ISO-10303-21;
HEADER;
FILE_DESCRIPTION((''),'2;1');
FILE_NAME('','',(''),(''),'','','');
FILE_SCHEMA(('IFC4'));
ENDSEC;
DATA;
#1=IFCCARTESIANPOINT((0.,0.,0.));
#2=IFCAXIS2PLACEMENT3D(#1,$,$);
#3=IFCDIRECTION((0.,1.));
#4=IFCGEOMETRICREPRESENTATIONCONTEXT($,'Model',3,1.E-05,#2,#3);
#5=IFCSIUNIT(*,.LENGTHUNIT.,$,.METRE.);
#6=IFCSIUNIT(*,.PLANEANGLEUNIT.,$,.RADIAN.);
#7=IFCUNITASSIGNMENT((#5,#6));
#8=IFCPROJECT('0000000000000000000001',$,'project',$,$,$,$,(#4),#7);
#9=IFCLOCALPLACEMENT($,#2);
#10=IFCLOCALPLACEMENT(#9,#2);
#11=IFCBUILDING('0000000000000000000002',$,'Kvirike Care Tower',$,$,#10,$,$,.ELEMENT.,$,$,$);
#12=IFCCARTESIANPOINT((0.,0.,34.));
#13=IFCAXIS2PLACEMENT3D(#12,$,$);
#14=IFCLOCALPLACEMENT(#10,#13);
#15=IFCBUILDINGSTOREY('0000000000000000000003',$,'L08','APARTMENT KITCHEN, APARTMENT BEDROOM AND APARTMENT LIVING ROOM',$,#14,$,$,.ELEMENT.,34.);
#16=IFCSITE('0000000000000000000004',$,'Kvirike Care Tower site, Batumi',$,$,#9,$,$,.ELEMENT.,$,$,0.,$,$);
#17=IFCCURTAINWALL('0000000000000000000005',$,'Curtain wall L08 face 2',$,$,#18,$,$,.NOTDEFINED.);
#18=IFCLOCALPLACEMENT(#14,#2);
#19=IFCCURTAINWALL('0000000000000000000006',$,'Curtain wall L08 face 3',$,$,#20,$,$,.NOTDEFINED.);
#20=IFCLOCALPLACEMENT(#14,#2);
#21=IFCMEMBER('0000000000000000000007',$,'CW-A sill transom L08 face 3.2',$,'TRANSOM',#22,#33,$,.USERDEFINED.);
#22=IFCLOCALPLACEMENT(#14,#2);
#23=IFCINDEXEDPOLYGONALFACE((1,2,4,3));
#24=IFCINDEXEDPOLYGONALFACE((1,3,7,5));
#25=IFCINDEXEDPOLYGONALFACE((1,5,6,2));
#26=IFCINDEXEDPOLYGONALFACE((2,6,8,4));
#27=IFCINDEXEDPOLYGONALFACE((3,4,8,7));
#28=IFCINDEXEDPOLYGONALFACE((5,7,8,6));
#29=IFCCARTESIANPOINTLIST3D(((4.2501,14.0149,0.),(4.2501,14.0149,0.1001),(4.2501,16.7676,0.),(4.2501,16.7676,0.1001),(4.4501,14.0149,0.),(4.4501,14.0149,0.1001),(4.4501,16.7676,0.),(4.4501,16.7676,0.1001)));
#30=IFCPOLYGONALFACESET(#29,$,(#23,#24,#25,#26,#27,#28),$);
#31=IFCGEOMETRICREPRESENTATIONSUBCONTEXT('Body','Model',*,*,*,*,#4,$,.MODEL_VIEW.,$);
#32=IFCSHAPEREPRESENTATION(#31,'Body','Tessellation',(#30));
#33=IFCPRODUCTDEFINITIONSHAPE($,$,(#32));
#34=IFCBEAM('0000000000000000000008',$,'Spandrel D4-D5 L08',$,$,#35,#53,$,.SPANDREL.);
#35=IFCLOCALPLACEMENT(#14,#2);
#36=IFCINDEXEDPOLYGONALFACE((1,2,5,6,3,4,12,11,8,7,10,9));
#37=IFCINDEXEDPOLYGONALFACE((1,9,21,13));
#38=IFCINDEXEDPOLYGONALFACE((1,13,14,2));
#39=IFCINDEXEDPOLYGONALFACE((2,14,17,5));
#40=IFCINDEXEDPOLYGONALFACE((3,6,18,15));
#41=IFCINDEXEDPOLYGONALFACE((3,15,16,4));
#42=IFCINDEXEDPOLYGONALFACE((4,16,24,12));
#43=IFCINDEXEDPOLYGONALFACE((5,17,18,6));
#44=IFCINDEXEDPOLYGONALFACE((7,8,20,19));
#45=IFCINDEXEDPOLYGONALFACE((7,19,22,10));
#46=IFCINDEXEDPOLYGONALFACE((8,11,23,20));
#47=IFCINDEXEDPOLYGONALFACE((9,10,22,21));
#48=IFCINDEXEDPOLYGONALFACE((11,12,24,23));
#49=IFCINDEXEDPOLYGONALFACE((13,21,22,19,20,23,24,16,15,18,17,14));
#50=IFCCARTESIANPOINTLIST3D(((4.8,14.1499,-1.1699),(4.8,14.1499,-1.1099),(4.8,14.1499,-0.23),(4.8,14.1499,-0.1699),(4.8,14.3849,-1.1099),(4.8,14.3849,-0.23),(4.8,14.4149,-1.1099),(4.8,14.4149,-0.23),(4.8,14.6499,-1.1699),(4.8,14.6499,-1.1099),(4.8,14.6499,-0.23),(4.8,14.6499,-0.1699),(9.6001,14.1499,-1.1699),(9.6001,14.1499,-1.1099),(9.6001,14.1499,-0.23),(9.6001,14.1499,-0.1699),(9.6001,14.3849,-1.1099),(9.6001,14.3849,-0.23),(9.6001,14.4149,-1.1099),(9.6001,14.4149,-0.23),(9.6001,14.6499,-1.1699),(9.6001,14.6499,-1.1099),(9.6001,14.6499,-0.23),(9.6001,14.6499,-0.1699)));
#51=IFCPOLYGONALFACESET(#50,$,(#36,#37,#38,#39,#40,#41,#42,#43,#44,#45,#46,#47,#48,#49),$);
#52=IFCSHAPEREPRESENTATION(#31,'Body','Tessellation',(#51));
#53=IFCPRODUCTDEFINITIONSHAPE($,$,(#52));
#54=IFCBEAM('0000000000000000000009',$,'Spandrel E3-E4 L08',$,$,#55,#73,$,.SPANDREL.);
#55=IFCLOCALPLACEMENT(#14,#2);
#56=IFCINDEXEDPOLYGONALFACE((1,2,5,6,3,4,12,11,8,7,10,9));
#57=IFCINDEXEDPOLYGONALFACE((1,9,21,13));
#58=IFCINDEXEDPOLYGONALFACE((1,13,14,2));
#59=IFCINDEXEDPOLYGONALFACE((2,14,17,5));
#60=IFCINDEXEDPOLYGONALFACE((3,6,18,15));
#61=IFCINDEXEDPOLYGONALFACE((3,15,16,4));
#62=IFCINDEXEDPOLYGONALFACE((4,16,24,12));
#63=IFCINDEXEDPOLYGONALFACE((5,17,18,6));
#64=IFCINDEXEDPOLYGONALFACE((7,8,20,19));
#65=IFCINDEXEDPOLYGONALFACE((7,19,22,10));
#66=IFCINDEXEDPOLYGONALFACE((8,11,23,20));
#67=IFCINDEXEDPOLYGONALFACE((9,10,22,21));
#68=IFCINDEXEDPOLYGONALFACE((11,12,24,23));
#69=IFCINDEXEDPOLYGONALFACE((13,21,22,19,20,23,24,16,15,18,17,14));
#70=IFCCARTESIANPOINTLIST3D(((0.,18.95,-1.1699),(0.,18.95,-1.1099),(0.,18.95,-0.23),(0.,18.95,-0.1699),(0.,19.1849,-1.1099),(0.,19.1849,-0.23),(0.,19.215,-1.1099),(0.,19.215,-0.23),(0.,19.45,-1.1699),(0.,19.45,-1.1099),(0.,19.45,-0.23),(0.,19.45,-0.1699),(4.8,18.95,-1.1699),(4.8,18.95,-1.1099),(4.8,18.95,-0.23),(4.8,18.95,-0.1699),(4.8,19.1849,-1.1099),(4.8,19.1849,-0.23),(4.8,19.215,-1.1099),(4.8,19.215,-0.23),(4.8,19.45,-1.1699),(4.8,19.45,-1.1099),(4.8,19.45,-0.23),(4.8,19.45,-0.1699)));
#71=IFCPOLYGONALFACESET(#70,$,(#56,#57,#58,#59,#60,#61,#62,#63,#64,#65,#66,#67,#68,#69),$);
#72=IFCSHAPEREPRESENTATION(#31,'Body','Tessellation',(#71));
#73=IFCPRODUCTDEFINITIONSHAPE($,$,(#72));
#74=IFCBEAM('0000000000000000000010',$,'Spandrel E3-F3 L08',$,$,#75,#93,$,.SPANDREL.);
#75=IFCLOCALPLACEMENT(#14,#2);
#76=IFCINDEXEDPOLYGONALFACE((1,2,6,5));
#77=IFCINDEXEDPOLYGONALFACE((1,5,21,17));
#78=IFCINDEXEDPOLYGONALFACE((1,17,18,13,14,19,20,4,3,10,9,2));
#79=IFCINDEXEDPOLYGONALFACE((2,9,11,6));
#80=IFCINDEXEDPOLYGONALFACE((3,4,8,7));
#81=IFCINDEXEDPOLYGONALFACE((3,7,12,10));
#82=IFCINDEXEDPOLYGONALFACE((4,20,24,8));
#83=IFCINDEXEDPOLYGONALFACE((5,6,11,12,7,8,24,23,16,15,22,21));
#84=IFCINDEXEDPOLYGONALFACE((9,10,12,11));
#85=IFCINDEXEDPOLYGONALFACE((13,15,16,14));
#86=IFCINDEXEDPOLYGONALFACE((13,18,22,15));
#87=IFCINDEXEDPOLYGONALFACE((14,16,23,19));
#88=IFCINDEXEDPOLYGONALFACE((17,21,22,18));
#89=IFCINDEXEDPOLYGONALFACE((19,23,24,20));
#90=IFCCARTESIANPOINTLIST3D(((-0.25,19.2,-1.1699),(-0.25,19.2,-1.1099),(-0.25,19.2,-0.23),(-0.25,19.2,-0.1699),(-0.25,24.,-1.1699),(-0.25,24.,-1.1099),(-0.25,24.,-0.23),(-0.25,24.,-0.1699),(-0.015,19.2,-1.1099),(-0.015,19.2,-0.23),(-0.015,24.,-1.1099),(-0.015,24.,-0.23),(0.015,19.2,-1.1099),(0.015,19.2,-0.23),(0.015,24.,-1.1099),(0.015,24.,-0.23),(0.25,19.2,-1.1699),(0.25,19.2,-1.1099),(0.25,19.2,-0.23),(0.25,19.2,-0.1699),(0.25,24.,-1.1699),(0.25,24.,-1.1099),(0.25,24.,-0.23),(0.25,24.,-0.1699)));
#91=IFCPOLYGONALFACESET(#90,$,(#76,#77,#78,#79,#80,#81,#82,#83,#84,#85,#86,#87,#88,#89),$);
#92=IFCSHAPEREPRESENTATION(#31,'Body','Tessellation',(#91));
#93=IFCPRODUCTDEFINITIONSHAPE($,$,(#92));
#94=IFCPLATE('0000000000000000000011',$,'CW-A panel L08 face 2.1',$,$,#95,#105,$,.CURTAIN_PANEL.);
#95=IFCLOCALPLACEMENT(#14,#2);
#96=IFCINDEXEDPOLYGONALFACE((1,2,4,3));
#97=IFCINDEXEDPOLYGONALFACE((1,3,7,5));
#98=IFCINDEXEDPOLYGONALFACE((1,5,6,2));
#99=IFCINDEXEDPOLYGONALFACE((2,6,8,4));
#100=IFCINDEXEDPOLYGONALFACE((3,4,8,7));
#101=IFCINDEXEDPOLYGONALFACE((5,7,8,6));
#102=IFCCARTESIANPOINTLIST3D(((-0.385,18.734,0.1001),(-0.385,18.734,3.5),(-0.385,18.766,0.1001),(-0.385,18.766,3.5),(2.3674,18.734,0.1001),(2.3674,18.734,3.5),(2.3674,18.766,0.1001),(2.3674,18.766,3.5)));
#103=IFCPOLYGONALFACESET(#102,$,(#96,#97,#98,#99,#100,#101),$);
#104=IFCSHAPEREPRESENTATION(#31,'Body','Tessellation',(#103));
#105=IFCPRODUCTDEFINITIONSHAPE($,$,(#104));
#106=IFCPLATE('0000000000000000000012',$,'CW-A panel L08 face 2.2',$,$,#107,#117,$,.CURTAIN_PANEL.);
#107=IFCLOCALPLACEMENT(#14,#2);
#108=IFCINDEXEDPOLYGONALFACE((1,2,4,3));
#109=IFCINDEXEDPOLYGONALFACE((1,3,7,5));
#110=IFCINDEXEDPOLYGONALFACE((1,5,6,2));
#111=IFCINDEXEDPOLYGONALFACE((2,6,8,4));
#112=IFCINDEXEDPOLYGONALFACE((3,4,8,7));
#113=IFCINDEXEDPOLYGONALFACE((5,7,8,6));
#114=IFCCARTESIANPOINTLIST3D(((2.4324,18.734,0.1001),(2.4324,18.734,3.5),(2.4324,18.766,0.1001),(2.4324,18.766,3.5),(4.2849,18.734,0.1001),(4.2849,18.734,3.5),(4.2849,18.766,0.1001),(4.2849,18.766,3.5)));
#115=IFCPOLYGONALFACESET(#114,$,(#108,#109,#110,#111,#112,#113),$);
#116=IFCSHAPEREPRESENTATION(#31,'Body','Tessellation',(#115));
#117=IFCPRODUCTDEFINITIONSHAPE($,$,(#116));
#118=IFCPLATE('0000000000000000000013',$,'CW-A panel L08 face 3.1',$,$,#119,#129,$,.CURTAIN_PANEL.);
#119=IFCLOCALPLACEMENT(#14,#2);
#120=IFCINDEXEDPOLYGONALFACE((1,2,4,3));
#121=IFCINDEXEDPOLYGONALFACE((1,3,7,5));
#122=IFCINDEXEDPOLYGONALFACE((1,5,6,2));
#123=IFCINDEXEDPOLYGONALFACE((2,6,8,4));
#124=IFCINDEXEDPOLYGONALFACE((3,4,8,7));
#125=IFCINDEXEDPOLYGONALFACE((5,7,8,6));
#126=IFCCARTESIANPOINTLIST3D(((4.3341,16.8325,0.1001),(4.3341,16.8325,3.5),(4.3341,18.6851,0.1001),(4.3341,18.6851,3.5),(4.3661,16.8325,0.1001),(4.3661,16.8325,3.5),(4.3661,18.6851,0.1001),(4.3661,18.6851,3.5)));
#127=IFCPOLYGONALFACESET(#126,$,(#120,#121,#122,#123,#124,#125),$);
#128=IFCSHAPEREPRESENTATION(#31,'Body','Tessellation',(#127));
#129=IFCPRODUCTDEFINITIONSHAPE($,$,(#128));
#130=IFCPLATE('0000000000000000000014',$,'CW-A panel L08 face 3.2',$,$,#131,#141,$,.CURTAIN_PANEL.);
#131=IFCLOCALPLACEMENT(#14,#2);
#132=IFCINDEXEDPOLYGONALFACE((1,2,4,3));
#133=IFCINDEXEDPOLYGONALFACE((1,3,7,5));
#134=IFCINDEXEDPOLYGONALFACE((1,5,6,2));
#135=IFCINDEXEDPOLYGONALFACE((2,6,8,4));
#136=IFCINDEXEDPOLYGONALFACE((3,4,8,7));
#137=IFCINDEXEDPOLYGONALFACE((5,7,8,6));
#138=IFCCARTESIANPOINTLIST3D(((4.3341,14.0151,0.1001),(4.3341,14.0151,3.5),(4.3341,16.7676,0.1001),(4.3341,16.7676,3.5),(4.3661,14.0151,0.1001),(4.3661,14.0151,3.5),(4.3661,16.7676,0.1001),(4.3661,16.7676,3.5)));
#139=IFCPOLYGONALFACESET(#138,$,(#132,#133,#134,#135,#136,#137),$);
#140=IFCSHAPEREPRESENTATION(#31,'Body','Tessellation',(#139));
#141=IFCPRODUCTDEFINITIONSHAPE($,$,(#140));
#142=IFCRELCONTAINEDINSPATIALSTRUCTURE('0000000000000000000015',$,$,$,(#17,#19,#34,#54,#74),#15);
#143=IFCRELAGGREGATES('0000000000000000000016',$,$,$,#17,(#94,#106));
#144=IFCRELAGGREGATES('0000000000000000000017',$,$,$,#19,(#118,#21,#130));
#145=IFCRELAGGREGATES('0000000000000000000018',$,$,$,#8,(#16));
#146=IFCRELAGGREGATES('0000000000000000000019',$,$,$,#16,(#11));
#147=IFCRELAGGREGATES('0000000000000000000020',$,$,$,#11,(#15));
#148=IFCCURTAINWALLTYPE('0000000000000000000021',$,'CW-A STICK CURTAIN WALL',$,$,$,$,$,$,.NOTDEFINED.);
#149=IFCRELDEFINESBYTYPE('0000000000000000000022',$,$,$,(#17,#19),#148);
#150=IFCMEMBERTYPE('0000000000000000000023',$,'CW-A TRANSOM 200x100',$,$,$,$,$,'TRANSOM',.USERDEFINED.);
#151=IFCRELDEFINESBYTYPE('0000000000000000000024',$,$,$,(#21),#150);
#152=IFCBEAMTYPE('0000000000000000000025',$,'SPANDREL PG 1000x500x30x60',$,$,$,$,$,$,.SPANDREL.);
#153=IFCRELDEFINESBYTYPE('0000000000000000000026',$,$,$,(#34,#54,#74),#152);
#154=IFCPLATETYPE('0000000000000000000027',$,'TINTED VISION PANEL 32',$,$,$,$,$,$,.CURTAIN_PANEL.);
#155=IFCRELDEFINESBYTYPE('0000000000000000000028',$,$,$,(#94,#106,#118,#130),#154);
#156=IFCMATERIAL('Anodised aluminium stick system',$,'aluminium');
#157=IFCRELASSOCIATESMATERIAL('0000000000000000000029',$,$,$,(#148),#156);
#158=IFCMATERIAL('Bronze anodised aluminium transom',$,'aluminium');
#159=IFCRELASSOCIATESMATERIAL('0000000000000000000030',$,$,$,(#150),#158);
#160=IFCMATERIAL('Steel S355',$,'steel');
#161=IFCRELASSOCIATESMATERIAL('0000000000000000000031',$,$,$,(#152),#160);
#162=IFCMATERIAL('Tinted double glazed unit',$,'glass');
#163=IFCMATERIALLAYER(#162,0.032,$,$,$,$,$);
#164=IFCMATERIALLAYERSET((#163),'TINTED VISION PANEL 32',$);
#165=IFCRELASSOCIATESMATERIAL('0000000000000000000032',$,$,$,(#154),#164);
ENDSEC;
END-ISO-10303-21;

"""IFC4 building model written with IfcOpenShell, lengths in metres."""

from ifc_helpers import new_model, si_unit, direction, frame, origin, origin_2d, place, context, subcontext, project, spatial, rectangle, i_section, extrude, material, layer, layer_set, material_profile, profile_set, type_object, element, aggregate, save


model = new_model("IFC4")

# Units and contexts
model_context = context("Model", 3, precision=1e-05, world=origin(), true_north=direction((0.0, 1.0)))
body_context = subcontext(model_context, "Body", "Model", "MODEL_VIEW")
ifc_project = project(units=[si_unit("LENGTHUNIT", "METRE"), si_unit("PLANEANGLEUNIT", "RADIAN")], contexts=[model_context])

# Site, building, storey
site_placement = place(None, origin())
site = spatial("IfcSite", under=ifc_project, at=site_placement, Name="Kvirike Care Tower site, Batumi", CompositionType="ELEMENT", RefElevation=0.0)
building_placement = place(site_placement, origin())
building = spatial("IfcBuilding", under=site, at=building_placement, Name="Kvirike Care Tower", CompositionType="ELEMENT")
storey_placement = place(building_placement, frame((0.0, 0.0, 34.0)))
storey = spatial("IfcBuildingStorey", under=building, at=storey_placement, Name="L08", Description="APARTMENT KITCHEN, APARTMENT BEDROOM AND APARTMENT LIVING ROOM", CompositionType="ELEMENT", Elevation=34.0)

# Curtain walls
ifc_material_1 = material(Name="Anodised aluminium stick system", Category="aluminium")
curtain_wall_type = type_object("IfcCurtainWallType", Name="CW-A STICK CURTAIN WALL", PredefinedType="NOTDEFINED", material=ifc_material_1)
curtain_wall_1_placement = place(storey_placement, origin())
curtain_wall_1 = element("IfcCurtainWall", 1, at=curtain_wall_1_placement, inside=storey, type_object=curtain_wall_type, Name="Curtain wall L08 face 2", PredefinedType="NOTDEFINED")
curtain_wall_2_placement = place(storey_placement, origin())
curtain_wall_2 = element("IfcCurtainWall", 2, at=curtain_wall_2_placement, inside=storey, type_object=curtain_wall_type, Name="Curtain wall L08 face 3", PredefinedType="NOTDEFINED")

# Member
ifc_material_2 = material(Name="Bronze anodised aluminium transom", Category="aluminium")
ifc_material_profile_1 = material_profile(ifc_material_2, rectangle(XDim=0.2, YDim=0.1001, at=origin_2d()), Name="CW-A TRANSOM 200x100")
ifc_profile_set_1 = profile_set([ifc_material_profile_1], Name="Bronze anodised aluminium transom")
member_type_1 = type_object("IfcMemberType", Name="CW-A TRANSOM 200x100", ElementType="TRANSOM", PredefinedType="USERDEFINED", material=ifc_profile_set_1)
member_1_placement = place(storey_placement, frame((4.3501, 16.7676, 0.05), z_axis=(0.0, -1.0, 0.0), x_axis=(1.0, 0.0, 0.0)))
member_1 = element("IfcMember", 3, at=member_1_placement, type_object=member_type_1, Name="CW-A sill transom L08 face 3.2", ObjectType="TRANSOM", PredefinedType="USERDEFINED", context=body_context, shape_type="SweptSolid", body=[
    extrude(rectangle(XDim=0.2, YDim=0.1001, at=origin_2d()), origin(), (0.0, 0.0, 1.0), 2.7527),
])

# Beams
ifc_material_3 = material(Name="Steel S355", Category="steel")
ifc_material_profile_2 = material_profile(ifc_material_3, i_section(OverallWidth=0.5, OverallDepth=1.0, WebThickness=0.03, FlangeThickness=0.0601, at=origin_2d()), Name="PG 1000x500x30x60")
ifc_profile_set_2 = profile_set([ifc_material_profile_2], Name="Steel S355")
beam_type = type_object("IfcBeamType", Name="SPANDREL PG 1000x500x30x60", PredefinedType="SPANDREL", material=ifc_profile_set_2)
for number, where, z_axis, x_axis, name in (
    (4, (4.8, 14.3999, -0.6699), (1.0, 0.0, 0.0), (0.0, 1.0, 0.0), "Spandrel D4-D5 L08"),
    (5, (0.0, 19.2, -0.6699), (1.0, 0.0, 0.0), (0.0, 1.0, 0.0), "Spandrel E3-E4 L08"),
    (6, (0.0, 19.2, -0.6699), (0.0, 1.0, 0.0), (-1.0, 0.0, 0.0), "Spandrel E3-F3 L08"),
):
    element("IfcBeam", number, at=place(storey_placement, frame(where, z_axis=z_axis, x_axis=x_axis)), inside=storey, type_object=beam_type, Name=name, PredefinedType="SPANDREL", context=body_context, shape_type="SweptSolid", body=[
        extrude(i_section(OverallWidth=0.5, OverallDepth=1.0, WebThickness=0.03, FlangeThickness=0.0601, at=origin_2d()), origin(), (0.0, 0.0, 1.0), 4.8),
    ])

# Plates
ifc_material_4 = material(Name="Tinted double glazed unit", Category="glass")
ifc_layer = layer(ifc_material_4, 0.032)
ifc_layer_set = layer_set([ifc_layer], Name="TINTED VISION PANEL 32")
plate_type = type_object("IfcPlateType", Name="TINTED VISION PANEL 32", PredefinedType="CURTAIN_PANEL", material=ifc_layer_set)
plate_1_placement = place(storey_placement, frame((0.9912, 18.75, 0.1001), z_axis=(0.0, 0.0, 1.0), x_axis=(1.0, 0.0, 0.0)))
plate_1 = element("IfcPlate", 7, at=plate_1_placement, type_object=plate_type, Name="CW-A panel L08 face 2.1", PredefinedType="CURTAIN_PANEL", context=body_context, shape_type="SweptSolid", body=[
    extrude(rectangle(XDim=2.7524, YDim=0.032, at=origin_2d()), origin(), (0.0, 0.0, 1.0), 3.3999),
])
plate_2_placement = place(storey_placement, frame((3.3586, 18.75, 0.1001), z_axis=(0.0, 0.0, 1.0), x_axis=(1.0, 0.0, 0.0)))
plate_2 = element("IfcPlate", 8, at=plate_2_placement, type_object=plate_type, Name="CW-A panel L08 face 2.2", PredefinedType="CURTAIN_PANEL", context=body_context, shape_type="SweptSolid", body=[
    extrude(rectangle(XDim=1.8525, YDim=0.032, at=origin_2d()), origin(), (0.0, 0.0, 1.0), 3.3999),
])
aggregate(curtain_wall_1, [plate_1, plate_2])
plate_3_placement = place(storey_placement, frame((4.3501, 17.7588, 0.1001), z_axis=(0.0, 0.0, 1.0), x_axis=(0.0, -1.0, 0.0)))
plate_3 = element("IfcPlate", 9, at=plate_3_placement, type_object=plate_type, Name="CW-A panel L08 face 3.1", PredefinedType="CURTAIN_PANEL", context=body_context, shape_type="SweptSolid", body=[
    extrude(rectangle(XDim=1.8525, YDim=0.032, at=origin_2d()), origin(), (0.0, 0.0, 1.0), 3.3999),
])
plate_4_placement = place(storey_placement, frame((4.3501, 15.3914, 0.1001), z_axis=(0.0, 0.0, 1.0), x_axis=(0.0, -1.0, 0.0)))
plate_4 = element("IfcPlate", 10, at=plate_4_placement, type_object=plate_type, Name="CW-A panel L08 face 3.2", PredefinedType="CURTAIN_PANEL", context=body_context, shape_type="SweptSolid", body=[
    extrude(rectangle(XDim=2.7524, YDim=0.032, at=origin_2d()), origin(), (0.0, 0.0, 1.0), 3.3999),
])
aggregate(curtain_wall_2, [plate_3, member_1, plate_4])

save(model, "model.ifc")
